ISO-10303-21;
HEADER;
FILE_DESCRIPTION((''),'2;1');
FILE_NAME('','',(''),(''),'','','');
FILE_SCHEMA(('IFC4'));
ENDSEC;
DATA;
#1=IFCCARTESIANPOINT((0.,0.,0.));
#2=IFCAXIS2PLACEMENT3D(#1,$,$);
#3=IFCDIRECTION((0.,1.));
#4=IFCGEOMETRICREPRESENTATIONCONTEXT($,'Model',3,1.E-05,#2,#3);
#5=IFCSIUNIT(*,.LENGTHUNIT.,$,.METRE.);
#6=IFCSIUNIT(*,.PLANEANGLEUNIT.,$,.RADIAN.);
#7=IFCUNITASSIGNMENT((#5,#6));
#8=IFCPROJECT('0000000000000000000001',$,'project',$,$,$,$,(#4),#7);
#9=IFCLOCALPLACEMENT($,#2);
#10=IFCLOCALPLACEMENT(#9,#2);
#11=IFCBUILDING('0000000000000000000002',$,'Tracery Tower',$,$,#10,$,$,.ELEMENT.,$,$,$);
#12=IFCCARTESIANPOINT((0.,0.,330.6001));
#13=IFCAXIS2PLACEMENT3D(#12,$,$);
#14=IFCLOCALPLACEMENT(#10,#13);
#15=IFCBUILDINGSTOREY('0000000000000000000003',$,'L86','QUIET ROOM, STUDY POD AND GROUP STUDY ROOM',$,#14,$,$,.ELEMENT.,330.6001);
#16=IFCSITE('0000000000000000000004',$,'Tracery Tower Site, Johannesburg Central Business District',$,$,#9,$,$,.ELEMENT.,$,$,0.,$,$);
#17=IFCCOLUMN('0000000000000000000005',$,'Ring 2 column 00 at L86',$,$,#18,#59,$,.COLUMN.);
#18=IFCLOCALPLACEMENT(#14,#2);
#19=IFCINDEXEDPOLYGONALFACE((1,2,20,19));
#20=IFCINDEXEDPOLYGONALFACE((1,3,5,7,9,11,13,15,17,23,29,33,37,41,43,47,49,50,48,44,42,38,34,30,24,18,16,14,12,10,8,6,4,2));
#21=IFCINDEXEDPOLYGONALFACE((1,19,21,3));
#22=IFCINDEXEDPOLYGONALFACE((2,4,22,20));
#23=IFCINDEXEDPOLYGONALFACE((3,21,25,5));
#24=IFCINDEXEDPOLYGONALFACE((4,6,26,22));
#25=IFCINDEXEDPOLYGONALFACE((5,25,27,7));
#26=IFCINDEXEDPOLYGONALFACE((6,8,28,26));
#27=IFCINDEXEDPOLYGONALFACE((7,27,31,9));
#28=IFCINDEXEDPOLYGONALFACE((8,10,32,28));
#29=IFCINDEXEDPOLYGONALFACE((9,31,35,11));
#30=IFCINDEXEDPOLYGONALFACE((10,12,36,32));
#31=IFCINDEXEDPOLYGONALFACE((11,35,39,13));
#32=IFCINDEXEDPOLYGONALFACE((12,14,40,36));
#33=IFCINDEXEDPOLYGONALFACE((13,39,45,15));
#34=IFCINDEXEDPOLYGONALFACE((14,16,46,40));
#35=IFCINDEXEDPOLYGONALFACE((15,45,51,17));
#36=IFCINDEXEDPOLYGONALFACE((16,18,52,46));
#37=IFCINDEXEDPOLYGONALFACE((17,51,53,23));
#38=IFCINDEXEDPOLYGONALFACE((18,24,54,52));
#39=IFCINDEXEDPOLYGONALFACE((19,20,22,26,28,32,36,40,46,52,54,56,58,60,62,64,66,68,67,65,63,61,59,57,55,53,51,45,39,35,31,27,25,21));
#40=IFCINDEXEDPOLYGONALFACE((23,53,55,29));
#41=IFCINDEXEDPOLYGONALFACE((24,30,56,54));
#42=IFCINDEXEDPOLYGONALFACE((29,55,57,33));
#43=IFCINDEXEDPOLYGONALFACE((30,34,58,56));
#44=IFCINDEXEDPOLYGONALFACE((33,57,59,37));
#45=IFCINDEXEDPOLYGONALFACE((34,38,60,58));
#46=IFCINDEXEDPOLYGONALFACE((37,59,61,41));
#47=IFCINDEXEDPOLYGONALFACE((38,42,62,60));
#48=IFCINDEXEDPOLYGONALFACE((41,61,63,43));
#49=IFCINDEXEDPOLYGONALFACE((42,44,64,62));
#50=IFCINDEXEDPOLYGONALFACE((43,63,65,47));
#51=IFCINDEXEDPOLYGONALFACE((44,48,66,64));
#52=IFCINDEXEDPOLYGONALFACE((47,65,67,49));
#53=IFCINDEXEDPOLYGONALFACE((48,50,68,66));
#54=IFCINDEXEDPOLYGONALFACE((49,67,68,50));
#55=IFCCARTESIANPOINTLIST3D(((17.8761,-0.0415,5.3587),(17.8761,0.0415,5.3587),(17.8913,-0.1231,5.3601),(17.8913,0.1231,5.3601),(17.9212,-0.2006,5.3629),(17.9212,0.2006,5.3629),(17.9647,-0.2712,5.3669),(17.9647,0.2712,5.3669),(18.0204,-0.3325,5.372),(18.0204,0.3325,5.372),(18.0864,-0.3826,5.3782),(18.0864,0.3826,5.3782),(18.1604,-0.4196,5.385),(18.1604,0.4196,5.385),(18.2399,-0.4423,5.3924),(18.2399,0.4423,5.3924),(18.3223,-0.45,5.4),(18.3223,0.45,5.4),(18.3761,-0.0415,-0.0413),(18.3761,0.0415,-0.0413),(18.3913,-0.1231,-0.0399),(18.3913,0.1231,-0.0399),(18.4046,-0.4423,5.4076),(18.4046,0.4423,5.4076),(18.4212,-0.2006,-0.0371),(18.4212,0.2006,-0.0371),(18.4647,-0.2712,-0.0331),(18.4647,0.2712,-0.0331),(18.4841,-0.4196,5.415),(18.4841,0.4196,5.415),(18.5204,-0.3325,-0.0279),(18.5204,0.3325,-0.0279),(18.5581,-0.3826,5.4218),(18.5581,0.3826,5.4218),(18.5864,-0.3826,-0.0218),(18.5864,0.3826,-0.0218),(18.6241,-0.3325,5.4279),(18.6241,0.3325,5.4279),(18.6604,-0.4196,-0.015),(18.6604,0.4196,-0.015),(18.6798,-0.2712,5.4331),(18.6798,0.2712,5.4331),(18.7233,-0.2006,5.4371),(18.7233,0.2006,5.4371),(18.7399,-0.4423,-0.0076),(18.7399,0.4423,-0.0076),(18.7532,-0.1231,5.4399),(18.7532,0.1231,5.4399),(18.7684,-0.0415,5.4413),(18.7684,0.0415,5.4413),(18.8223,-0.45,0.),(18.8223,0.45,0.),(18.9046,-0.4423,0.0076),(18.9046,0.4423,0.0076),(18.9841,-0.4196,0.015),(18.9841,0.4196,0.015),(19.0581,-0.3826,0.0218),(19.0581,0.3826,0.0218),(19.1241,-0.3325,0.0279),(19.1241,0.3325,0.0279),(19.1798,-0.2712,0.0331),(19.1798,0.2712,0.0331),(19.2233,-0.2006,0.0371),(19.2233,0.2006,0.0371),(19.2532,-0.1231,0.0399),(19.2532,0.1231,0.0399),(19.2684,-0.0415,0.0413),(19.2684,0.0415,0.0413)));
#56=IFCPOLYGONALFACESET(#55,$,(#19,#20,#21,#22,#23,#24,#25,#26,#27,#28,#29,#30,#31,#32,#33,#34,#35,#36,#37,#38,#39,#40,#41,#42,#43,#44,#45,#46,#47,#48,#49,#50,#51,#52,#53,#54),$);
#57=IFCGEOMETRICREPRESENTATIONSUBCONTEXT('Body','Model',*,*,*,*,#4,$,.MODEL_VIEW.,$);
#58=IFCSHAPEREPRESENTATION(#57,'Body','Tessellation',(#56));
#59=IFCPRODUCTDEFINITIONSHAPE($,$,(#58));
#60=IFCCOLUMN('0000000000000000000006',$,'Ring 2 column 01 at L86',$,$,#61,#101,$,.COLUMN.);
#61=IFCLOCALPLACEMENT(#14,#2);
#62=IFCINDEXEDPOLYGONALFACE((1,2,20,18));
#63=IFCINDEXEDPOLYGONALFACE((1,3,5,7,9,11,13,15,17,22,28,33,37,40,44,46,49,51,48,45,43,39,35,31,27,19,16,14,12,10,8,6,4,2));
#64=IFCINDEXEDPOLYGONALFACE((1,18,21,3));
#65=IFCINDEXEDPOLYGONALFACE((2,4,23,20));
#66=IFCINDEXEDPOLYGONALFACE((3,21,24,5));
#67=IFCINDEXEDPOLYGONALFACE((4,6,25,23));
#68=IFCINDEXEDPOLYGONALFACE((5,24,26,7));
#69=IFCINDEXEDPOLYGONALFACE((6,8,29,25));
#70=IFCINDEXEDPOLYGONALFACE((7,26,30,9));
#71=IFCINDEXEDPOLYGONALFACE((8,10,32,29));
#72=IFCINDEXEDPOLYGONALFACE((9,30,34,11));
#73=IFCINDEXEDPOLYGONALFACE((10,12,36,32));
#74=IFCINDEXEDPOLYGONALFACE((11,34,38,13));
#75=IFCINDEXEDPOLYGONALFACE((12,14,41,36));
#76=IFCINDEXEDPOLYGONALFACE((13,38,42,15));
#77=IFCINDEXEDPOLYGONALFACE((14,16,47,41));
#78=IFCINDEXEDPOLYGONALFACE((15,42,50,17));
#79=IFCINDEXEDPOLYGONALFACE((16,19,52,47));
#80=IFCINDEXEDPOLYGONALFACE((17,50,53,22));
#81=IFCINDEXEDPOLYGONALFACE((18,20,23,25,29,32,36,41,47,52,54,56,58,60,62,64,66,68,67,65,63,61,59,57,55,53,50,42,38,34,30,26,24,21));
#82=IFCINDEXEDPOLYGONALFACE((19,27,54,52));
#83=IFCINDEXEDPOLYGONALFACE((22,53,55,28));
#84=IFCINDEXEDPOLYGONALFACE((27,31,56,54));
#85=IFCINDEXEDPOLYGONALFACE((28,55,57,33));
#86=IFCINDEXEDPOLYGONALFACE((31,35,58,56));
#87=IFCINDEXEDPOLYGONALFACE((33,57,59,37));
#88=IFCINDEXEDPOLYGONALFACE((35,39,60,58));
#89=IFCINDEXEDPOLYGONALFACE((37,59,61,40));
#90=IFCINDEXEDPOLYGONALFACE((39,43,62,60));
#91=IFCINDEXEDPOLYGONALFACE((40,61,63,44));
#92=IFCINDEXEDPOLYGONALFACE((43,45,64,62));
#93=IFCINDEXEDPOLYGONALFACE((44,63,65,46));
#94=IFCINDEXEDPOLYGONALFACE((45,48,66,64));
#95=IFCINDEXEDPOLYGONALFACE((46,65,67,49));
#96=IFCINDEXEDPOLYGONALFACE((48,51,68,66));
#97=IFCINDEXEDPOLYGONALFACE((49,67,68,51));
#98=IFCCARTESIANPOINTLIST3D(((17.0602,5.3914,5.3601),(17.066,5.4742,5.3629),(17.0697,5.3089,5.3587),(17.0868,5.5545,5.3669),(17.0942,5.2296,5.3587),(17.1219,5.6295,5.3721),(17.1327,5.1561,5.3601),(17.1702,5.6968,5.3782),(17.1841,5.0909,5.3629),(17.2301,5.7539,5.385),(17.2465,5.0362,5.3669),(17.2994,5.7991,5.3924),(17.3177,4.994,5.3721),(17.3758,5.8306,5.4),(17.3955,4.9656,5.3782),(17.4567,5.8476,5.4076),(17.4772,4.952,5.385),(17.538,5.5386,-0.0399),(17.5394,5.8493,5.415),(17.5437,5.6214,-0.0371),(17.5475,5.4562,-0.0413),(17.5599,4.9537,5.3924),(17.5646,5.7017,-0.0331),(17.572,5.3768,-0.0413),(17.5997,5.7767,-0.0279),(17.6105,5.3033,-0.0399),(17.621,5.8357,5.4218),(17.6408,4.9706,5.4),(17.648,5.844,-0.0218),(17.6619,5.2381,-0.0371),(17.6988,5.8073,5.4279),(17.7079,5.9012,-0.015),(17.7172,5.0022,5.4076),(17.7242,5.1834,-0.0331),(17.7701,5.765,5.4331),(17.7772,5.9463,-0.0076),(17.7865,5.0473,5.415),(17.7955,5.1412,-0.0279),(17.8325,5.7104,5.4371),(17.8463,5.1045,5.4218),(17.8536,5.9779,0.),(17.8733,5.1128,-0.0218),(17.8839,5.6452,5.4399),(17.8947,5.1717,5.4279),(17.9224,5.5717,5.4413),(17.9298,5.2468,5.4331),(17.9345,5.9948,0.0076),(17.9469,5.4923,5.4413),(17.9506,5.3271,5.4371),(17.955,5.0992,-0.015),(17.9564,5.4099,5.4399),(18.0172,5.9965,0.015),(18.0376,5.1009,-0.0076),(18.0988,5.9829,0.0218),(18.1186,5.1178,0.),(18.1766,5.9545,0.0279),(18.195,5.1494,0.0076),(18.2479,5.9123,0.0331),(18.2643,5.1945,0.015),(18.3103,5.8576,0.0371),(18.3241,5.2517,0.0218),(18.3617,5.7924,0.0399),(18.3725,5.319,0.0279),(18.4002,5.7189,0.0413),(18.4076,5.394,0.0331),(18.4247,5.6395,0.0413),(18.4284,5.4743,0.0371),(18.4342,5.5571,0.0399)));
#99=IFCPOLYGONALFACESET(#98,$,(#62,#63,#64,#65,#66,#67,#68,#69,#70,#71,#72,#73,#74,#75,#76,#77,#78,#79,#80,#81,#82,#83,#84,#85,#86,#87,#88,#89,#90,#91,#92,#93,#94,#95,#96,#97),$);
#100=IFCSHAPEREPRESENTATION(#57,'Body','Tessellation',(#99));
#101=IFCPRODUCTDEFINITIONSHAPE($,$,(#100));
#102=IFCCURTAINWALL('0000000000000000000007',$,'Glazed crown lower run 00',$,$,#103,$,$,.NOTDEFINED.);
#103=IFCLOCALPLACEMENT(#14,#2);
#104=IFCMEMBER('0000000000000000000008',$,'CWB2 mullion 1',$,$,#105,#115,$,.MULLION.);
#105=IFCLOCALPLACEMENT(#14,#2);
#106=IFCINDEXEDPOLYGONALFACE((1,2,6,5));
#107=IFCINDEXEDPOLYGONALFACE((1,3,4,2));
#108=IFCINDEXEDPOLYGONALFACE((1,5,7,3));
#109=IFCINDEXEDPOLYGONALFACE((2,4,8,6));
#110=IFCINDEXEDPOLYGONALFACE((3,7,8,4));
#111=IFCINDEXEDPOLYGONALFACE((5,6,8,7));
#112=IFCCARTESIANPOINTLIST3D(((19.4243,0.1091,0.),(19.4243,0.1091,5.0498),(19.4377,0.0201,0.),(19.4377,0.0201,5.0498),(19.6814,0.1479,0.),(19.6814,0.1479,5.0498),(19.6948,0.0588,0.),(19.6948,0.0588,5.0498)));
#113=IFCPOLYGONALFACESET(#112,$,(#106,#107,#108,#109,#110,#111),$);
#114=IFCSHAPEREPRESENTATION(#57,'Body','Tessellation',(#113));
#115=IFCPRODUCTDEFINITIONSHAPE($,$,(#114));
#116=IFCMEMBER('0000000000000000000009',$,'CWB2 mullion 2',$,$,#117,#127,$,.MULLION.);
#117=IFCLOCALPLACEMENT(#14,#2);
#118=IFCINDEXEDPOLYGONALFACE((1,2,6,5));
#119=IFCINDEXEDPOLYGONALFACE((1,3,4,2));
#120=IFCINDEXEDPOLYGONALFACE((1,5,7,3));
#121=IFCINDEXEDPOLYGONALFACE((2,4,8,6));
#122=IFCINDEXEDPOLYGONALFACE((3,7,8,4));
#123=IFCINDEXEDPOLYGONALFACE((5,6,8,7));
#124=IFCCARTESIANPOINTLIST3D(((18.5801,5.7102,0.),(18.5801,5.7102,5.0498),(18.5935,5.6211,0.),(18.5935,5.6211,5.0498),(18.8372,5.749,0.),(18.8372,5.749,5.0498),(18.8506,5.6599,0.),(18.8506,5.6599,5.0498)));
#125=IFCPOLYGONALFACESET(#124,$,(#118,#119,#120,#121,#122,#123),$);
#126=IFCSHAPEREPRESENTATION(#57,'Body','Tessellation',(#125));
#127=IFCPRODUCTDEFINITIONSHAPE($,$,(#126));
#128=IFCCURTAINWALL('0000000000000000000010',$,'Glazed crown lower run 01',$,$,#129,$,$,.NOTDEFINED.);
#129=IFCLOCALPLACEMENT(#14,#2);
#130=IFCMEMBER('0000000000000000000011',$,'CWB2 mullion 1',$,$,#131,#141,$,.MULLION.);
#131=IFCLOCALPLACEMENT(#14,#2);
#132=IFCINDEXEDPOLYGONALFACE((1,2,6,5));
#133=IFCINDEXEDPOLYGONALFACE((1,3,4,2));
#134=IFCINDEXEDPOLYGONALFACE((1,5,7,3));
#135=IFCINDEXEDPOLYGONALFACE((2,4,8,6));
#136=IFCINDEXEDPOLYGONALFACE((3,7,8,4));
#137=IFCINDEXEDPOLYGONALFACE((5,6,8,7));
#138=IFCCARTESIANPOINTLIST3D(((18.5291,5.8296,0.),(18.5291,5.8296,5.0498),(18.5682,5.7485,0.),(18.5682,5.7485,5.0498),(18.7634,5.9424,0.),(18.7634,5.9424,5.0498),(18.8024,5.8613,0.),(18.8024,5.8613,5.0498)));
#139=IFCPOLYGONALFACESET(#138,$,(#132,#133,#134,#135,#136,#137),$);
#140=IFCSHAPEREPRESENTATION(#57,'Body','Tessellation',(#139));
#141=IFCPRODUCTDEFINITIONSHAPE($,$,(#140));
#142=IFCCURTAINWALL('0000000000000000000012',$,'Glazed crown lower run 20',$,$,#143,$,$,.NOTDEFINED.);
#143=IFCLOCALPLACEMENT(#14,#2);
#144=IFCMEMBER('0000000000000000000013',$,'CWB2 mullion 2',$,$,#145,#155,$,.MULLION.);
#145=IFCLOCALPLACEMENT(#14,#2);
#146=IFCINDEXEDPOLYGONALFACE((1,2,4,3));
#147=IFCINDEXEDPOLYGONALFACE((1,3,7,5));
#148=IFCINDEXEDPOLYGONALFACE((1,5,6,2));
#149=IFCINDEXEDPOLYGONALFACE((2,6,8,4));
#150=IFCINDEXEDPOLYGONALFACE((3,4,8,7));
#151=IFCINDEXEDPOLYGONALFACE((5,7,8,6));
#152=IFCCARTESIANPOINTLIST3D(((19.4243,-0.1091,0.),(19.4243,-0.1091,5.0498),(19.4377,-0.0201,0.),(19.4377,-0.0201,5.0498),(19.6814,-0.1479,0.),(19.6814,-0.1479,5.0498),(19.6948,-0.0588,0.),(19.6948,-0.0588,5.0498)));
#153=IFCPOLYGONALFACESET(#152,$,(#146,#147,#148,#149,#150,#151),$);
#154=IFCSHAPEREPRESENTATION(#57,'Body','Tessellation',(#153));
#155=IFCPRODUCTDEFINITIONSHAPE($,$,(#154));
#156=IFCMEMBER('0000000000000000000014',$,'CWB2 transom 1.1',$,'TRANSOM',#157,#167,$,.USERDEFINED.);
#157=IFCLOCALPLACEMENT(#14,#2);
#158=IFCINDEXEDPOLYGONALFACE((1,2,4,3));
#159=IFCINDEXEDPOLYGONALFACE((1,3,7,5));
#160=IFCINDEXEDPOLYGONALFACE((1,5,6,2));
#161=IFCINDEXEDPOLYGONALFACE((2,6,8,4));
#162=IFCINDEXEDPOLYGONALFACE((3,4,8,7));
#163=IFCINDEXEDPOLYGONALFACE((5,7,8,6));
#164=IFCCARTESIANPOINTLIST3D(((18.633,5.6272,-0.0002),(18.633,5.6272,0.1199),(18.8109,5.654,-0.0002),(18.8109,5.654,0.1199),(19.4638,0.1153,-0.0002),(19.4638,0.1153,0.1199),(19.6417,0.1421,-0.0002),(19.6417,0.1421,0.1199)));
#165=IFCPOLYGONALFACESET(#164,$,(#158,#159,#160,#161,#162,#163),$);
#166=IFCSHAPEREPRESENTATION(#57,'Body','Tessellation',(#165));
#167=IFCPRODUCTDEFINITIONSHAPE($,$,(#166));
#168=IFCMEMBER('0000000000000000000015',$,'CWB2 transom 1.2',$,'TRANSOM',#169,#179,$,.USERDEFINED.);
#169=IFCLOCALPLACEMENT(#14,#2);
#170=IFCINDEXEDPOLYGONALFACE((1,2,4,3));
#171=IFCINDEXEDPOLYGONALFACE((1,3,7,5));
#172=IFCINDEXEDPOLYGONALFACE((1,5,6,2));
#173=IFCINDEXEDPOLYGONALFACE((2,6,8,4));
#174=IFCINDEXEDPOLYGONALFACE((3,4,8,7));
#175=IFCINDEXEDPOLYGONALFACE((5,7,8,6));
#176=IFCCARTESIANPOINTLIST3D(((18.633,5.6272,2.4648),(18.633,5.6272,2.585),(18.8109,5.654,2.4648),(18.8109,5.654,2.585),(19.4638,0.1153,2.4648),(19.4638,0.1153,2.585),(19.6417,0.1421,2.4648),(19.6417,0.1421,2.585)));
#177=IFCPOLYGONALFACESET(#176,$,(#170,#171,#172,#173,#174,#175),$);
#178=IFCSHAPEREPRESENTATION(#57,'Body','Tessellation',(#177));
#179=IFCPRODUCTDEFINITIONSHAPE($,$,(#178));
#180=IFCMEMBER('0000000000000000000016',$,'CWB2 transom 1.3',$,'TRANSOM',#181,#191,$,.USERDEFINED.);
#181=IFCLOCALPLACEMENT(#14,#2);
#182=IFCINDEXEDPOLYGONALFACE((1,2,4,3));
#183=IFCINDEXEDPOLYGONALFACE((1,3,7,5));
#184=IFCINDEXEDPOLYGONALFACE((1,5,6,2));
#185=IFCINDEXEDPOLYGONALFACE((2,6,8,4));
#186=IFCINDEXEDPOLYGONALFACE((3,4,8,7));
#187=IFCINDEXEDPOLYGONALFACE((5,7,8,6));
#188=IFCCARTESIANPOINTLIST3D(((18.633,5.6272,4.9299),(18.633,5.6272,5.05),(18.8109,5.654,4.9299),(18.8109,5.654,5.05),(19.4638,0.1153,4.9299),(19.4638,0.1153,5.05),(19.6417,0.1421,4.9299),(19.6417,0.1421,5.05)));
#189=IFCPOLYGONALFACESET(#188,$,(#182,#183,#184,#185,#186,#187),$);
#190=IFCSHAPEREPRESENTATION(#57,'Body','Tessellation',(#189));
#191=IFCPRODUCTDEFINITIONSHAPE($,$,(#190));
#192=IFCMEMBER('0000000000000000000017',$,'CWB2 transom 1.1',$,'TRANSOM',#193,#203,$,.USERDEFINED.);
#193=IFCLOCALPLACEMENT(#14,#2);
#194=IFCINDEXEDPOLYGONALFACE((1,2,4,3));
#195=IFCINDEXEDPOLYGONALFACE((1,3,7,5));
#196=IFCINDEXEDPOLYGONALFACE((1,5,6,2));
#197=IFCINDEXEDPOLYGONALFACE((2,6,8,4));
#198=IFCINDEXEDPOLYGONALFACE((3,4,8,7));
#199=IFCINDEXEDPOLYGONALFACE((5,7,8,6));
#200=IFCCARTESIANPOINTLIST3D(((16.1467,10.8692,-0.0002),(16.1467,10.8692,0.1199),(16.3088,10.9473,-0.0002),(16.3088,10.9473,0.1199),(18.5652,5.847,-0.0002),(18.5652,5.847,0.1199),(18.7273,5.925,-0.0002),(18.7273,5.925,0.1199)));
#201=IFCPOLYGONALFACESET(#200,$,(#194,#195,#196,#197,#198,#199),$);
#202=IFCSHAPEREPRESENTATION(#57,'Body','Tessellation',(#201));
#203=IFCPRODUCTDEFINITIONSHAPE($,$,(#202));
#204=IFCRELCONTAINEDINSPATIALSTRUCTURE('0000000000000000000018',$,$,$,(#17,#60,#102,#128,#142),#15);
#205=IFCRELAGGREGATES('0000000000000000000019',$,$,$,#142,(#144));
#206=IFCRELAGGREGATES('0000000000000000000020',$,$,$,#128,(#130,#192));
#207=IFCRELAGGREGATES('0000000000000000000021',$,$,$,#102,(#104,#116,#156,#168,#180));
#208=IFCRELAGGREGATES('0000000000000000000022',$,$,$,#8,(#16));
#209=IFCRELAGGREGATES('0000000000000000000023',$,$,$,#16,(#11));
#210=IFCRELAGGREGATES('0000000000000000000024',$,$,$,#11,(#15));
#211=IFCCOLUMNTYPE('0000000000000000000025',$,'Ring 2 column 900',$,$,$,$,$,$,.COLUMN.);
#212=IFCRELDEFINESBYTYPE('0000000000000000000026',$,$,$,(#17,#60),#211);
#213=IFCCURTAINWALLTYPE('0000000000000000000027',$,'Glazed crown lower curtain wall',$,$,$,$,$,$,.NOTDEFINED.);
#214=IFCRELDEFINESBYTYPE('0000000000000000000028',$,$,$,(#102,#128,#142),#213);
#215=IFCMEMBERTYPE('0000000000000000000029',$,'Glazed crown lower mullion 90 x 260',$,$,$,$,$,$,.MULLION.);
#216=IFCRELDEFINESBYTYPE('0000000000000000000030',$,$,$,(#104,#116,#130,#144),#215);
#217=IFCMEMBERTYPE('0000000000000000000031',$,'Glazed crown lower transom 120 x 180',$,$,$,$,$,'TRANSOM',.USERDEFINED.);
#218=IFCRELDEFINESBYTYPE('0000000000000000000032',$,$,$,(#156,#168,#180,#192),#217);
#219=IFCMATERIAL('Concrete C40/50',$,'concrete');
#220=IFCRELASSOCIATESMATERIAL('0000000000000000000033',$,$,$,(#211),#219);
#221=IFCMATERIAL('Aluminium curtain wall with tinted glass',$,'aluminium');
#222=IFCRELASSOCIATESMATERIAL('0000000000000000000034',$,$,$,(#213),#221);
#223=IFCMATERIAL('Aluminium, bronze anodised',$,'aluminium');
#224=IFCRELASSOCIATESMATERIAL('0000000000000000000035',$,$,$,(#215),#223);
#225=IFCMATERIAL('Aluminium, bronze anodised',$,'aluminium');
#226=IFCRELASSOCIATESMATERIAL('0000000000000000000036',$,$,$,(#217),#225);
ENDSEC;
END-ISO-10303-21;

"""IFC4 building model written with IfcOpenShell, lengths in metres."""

from ifc_helpers import new_model, si_unit, direction, frame, origin, origin_2d, place, context, subcontext, project, spatial, rectangle, circle, extrude, material, material_profile, profile_set, type_object, element, aggregate, save


model = new_model("IFC4")

# Units and contexts
model_context = context("Model", 3, precision=1e-05, world=origin(), true_north=direction((0.0, 1.0)))
body_context = subcontext(model_context, "Body", "Model", "MODEL_VIEW")
ifc_project = project(units=[si_unit("LENGTHUNIT", "METRE"), si_unit("PLANEANGLEUNIT", "RADIAN")], contexts=[model_context])

# Site, building, storey
site_placement = place(None, origin())
site = spatial("IfcSite", under=ifc_project, at=site_placement, Name="Tracery Tower Site, Johannesburg Central Business District", CompositionType="ELEMENT", RefElevation=0.0)
building_placement = place(site_placement, origin())
building = spatial("IfcBuilding", under=site, at=building_placement, Name="Tracery Tower", CompositionType="ELEMENT")
storey_placement = place(building_placement, frame((0.0, 0.0, 330.6001)))
storey = spatial("IfcBuildingStorey", under=building, at=storey_placement, Name="L86", Description="QUIET ROOM, STUDY POD AND GROUP STUDY ROOM", CompositionType="ELEMENT", Elevation=330.6001)

# Columns
ifc_material_1 = material(Name="Concrete C40/50", Category="concrete")
ifc_material_profile_1 = material_profile(ifc_material_1, circle(Radius=0.45, at=origin_2d()), Name="RC D900")
ifc_profile_set_1 = profile_set([ifc_material_profile_1], Name="Concrete C40/50")
column_type = type_object("IfcColumnType", Name="Ring 2 column 900", PredefinedType="COLUMN", material=ifc_profile_set_1)
for number, where, z_axis, x_axis, name in (
    (1, (18.8223, 0.0, 0.0), (-0.0922, 0.0, 0.995741), (0.0, -1.0, 0.0), "Ring 2 column 00 at L86"),
    (2, (17.9861, 5.5479, 0.0), (-0.088103, -0.027147, 0.995741), (0.294463, -0.955663, 0.0), "Ring 2 column 01 at L86"),
):
    element("IfcColumn", number, at=place(storey_placement, frame(where, z_axis=z_axis, x_axis=x_axis)), inside=storey, type_object=column_type, Name=name, PredefinedType="COLUMN", context=body_context, shape_type="SweptSolid", body=[
        extrude(circle(Radius=0.45, at=origin_2d()), origin(), (0.0, 0.0, 1.0), 5.4231),
    ])

# Curtain wall, members
ifc_material_2 = material(Name="Aluminium curtain wall with tinted glass", Category="aluminium")
curtain_wall_type = type_object("IfcCurtainWallType", Name="Glazed crown lower curtain wall", PredefinedType="NOTDEFINED", material=ifc_material_2)
curtain_wall_1_placement = place(storey_placement, origin())
curtain_wall_1 = element("IfcCurtainWall", 3, at=curtain_wall_1_placement, inside=storey, type_object=curtain_wall_type, Name="Glazed crown lower run 00", PredefinedType="NOTDEFINED")
ifc_material_3 = material(Name="Aluminium, bronze anodised", Category="aluminium")
ifc_material_profile_2 = material_profile(ifc_material_3, rectangle(XDim=0.26, YDim=0.0901, at=origin_2d()), Name="Glazed crown lower mullion 90 x 260")
ifc_profile_set_2 = profile_set([ifc_material_profile_2], Name="Aluminium, bronze anodised")
member_type_1 = type_object("IfcMemberType", Name="Glazed crown lower mullion 90 x 260", PredefinedType="MULLION", material=ifc_profile_set_2)
member_1_placement = place(storey_placement, frame((19.5596, 0.084, 0.0), z_axis=(0.0, 0.0, 1.0), x_axis=(-0.988831, -0.14904, 0.0)))
member_1 = element("IfcMember", 4, at=member_1_placement, type_object=member_type_1, Name="CWB2 mullion 1", PredefinedType="MULLION", context=body_context, shape_type="SweptSolid", body=[
    extrude(rectangle(XDim=0.26, YDim=0.0901, at=origin_2d()), origin(), (0.0, 0.0, 1.0), 5.0498),
])
member_2_placement = place(storey_placement, frame((18.7153, 5.6851, 0.0), z_axis=(0.0, 0.0, 1.0), x_axis=(-0.988831, -0.14904, 0.0)))
member_2 = element("IfcMember", 5, at=member_2_placement, type_object=member_type_1, Name="CWB2 mullion 2", PredefinedType="MULLION", context=body_context, shape_type="SweptSolid", body=[
    extrude(rectangle(XDim=0.26, YDim=0.0901, at=origin_2d()), origin(), (0.0, 0.0, 1.0), 5.0498),
])

# Curtain walls, members
curtain_wall_2_placement = place(storey_placement, origin())
curtain_wall_2 = element("IfcCurtainWall", 6, at=curtain_wall_2_placement, inside=storey, type_object=curtain_wall_type, Name="Glazed crown lower run 01", PredefinedType="NOTDEFINED")
member_3_placement = place(storey_placement, frame((18.6658, 5.8455, 0.0), z_axis=(0.0, 0.0, 1.0), x_axis=(-0.900974, -0.433873, 0.0)))
member_3 = element("IfcMember", 7, at=member_3_placement, type_object=member_type_1, Name="CWB2 mullion 1", PredefinedType="MULLION", context=body_context, shape_type="SweptSolid", body=[
    extrude(rectangle(XDim=0.26, YDim=0.0901, at=origin_2d()), origin(), (0.0, 0.0, 1.0), 5.0498),
])
curtain_wall_3_placement = place(storey_placement, origin())
curtain_wall_3 = element("IfcCurtainWall", 8, at=curtain_wall_3_placement, inside=storey, type_object=curtain_wall_type, Name="Glazed crown lower run 20", PredefinedType="NOTDEFINED")
member_4_placement = place(storey_placement, frame((19.5596, -0.084, 0.0), z_axis=(0.0, 0.0, 1.0), x_axis=(-0.988831, 0.14904, 0.0)))
member_4 = element("IfcMember", 9, at=member_4_placement, type_object=member_type_1, Name="CWB2 mullion 2", PredefinedType="MULLION", context=body_context, shape_type="SweptSolid", body=[
    extrude(rectangle(XDim=0.26, YDim=0.0901, at=origin_2d()), origin(), (0.0, 0.0, 1.0), 5.0498),
])
aggregate(curtain_wall_3, [member_4])

# Members
ifc_material_4 = material(Name="Aluminium, bronze anodised", Category="aluminium")
ifc_material_profile_3 = material_profile(ifc_material_4, rectangle(XDim=0.1799, YDim=0.1201, at=origin_2d()), Name="Glazed crown lower transom 120 x 180")
ifc_profile_set_3 = profile_set([ifc_material_profile_3], Name="Aluminium, bronze anodised")
member_type_2 = type_object("IfcMemberType", Name="Glazed crown lower transom 120 x 180", ElementType="TRANSOM", PredefinedType="USERDEFINED", material=ifc_profile_set_3)
member_5_placement = place(storey_placement, frame((19.5527, 0.1287, 0.0598), z_axis=(-0.149045, 0.98883, 0.0), x_axis=(-0.98883, -0.149045, 0.0)))
member_5 = element("IfcMember", 10, at=member_5_placement, type_object=member_type_2, Name="CWB2 transom 1.1", ObjectType="TRANSOM", PredefinedType="USERDEFINED", context=body_context, shape_type="SweptSolid", body=[
    extrude(rectangle(XDim=0.1799, YDim=0.1201, at=origin_2d()), origin(), (0.0, 0.0, 1.0), 5.5742),
])
member_6_placement = place(storey_placement, frame((19.5527, 0.1287, 2.5249), z_axis=(-0.149045, 0.98883, 0.0), x_axis=(-0.98883, -0.149045, 0.0)))
member_6 = element("IfcMember", 11, at=member_6_placement, type_object=member_type_2, Name="CWB2 transom 1.2", ObjectType="TRANSOM", PredefinedType="USERDEFINED", context=body_context, shape_type="SweptSolid", body=[
    extrude(rectangle(XDim=0.1799, YDim=0.1201, at=origin_2d()), origin(), (0.0, 0.0, 1.0), 5.5742),
])
member_7_placement = place(storey_placement, frame((19.5527, 0.1287, 4.99), z_axis=(-0.149045, 0.98883, 0.0), x_axis=(-0.98883, -0.149045, 0.0)))
member_7 = element("IfcMember", 12, at=member_7_placement, type_object=member_type_2, Name="CWB2 transom 1.3", ObjectType="TRANSOM", PredefinedType="USERDEFINED", context=body_context, shape_type="SweptSolid", body=[
    extrude(rectangle(XDim=0.1799, YDim=0.1201, at=origin_2d()), origin(), (0.0, 0.0, 1.0), 5.5742),
])
member_8_placement = place(storey_placement, frame((18.6462, 5.886, 0.0598), z_axis=(-0.433867, 0.900977, 0.0), x_axis=(-0.900977, -0.433867, 0.0)))
member_8 = element("IfcMember", 13, at=member_8_placement, type_object=member_type_2, Name="CWB2 transom 1.1", ObjectType="TRANSOM", PredefinedType="USERDEFINED", context=body_context, shape_type="SweptSolid", body=[
    extrude(rectangle(XDim=0.1799, YDim=0.1201, at=origin_2d()), origin(), (0.0, 0.0, 1.0), 5.5742),
])
aggregate(curtain_wall_2, [member_3, member_8])

aggregate(curtain_wall_1, [member_1, member_2, member_5, member_6, member_7])

save(model, "model.ifc")
